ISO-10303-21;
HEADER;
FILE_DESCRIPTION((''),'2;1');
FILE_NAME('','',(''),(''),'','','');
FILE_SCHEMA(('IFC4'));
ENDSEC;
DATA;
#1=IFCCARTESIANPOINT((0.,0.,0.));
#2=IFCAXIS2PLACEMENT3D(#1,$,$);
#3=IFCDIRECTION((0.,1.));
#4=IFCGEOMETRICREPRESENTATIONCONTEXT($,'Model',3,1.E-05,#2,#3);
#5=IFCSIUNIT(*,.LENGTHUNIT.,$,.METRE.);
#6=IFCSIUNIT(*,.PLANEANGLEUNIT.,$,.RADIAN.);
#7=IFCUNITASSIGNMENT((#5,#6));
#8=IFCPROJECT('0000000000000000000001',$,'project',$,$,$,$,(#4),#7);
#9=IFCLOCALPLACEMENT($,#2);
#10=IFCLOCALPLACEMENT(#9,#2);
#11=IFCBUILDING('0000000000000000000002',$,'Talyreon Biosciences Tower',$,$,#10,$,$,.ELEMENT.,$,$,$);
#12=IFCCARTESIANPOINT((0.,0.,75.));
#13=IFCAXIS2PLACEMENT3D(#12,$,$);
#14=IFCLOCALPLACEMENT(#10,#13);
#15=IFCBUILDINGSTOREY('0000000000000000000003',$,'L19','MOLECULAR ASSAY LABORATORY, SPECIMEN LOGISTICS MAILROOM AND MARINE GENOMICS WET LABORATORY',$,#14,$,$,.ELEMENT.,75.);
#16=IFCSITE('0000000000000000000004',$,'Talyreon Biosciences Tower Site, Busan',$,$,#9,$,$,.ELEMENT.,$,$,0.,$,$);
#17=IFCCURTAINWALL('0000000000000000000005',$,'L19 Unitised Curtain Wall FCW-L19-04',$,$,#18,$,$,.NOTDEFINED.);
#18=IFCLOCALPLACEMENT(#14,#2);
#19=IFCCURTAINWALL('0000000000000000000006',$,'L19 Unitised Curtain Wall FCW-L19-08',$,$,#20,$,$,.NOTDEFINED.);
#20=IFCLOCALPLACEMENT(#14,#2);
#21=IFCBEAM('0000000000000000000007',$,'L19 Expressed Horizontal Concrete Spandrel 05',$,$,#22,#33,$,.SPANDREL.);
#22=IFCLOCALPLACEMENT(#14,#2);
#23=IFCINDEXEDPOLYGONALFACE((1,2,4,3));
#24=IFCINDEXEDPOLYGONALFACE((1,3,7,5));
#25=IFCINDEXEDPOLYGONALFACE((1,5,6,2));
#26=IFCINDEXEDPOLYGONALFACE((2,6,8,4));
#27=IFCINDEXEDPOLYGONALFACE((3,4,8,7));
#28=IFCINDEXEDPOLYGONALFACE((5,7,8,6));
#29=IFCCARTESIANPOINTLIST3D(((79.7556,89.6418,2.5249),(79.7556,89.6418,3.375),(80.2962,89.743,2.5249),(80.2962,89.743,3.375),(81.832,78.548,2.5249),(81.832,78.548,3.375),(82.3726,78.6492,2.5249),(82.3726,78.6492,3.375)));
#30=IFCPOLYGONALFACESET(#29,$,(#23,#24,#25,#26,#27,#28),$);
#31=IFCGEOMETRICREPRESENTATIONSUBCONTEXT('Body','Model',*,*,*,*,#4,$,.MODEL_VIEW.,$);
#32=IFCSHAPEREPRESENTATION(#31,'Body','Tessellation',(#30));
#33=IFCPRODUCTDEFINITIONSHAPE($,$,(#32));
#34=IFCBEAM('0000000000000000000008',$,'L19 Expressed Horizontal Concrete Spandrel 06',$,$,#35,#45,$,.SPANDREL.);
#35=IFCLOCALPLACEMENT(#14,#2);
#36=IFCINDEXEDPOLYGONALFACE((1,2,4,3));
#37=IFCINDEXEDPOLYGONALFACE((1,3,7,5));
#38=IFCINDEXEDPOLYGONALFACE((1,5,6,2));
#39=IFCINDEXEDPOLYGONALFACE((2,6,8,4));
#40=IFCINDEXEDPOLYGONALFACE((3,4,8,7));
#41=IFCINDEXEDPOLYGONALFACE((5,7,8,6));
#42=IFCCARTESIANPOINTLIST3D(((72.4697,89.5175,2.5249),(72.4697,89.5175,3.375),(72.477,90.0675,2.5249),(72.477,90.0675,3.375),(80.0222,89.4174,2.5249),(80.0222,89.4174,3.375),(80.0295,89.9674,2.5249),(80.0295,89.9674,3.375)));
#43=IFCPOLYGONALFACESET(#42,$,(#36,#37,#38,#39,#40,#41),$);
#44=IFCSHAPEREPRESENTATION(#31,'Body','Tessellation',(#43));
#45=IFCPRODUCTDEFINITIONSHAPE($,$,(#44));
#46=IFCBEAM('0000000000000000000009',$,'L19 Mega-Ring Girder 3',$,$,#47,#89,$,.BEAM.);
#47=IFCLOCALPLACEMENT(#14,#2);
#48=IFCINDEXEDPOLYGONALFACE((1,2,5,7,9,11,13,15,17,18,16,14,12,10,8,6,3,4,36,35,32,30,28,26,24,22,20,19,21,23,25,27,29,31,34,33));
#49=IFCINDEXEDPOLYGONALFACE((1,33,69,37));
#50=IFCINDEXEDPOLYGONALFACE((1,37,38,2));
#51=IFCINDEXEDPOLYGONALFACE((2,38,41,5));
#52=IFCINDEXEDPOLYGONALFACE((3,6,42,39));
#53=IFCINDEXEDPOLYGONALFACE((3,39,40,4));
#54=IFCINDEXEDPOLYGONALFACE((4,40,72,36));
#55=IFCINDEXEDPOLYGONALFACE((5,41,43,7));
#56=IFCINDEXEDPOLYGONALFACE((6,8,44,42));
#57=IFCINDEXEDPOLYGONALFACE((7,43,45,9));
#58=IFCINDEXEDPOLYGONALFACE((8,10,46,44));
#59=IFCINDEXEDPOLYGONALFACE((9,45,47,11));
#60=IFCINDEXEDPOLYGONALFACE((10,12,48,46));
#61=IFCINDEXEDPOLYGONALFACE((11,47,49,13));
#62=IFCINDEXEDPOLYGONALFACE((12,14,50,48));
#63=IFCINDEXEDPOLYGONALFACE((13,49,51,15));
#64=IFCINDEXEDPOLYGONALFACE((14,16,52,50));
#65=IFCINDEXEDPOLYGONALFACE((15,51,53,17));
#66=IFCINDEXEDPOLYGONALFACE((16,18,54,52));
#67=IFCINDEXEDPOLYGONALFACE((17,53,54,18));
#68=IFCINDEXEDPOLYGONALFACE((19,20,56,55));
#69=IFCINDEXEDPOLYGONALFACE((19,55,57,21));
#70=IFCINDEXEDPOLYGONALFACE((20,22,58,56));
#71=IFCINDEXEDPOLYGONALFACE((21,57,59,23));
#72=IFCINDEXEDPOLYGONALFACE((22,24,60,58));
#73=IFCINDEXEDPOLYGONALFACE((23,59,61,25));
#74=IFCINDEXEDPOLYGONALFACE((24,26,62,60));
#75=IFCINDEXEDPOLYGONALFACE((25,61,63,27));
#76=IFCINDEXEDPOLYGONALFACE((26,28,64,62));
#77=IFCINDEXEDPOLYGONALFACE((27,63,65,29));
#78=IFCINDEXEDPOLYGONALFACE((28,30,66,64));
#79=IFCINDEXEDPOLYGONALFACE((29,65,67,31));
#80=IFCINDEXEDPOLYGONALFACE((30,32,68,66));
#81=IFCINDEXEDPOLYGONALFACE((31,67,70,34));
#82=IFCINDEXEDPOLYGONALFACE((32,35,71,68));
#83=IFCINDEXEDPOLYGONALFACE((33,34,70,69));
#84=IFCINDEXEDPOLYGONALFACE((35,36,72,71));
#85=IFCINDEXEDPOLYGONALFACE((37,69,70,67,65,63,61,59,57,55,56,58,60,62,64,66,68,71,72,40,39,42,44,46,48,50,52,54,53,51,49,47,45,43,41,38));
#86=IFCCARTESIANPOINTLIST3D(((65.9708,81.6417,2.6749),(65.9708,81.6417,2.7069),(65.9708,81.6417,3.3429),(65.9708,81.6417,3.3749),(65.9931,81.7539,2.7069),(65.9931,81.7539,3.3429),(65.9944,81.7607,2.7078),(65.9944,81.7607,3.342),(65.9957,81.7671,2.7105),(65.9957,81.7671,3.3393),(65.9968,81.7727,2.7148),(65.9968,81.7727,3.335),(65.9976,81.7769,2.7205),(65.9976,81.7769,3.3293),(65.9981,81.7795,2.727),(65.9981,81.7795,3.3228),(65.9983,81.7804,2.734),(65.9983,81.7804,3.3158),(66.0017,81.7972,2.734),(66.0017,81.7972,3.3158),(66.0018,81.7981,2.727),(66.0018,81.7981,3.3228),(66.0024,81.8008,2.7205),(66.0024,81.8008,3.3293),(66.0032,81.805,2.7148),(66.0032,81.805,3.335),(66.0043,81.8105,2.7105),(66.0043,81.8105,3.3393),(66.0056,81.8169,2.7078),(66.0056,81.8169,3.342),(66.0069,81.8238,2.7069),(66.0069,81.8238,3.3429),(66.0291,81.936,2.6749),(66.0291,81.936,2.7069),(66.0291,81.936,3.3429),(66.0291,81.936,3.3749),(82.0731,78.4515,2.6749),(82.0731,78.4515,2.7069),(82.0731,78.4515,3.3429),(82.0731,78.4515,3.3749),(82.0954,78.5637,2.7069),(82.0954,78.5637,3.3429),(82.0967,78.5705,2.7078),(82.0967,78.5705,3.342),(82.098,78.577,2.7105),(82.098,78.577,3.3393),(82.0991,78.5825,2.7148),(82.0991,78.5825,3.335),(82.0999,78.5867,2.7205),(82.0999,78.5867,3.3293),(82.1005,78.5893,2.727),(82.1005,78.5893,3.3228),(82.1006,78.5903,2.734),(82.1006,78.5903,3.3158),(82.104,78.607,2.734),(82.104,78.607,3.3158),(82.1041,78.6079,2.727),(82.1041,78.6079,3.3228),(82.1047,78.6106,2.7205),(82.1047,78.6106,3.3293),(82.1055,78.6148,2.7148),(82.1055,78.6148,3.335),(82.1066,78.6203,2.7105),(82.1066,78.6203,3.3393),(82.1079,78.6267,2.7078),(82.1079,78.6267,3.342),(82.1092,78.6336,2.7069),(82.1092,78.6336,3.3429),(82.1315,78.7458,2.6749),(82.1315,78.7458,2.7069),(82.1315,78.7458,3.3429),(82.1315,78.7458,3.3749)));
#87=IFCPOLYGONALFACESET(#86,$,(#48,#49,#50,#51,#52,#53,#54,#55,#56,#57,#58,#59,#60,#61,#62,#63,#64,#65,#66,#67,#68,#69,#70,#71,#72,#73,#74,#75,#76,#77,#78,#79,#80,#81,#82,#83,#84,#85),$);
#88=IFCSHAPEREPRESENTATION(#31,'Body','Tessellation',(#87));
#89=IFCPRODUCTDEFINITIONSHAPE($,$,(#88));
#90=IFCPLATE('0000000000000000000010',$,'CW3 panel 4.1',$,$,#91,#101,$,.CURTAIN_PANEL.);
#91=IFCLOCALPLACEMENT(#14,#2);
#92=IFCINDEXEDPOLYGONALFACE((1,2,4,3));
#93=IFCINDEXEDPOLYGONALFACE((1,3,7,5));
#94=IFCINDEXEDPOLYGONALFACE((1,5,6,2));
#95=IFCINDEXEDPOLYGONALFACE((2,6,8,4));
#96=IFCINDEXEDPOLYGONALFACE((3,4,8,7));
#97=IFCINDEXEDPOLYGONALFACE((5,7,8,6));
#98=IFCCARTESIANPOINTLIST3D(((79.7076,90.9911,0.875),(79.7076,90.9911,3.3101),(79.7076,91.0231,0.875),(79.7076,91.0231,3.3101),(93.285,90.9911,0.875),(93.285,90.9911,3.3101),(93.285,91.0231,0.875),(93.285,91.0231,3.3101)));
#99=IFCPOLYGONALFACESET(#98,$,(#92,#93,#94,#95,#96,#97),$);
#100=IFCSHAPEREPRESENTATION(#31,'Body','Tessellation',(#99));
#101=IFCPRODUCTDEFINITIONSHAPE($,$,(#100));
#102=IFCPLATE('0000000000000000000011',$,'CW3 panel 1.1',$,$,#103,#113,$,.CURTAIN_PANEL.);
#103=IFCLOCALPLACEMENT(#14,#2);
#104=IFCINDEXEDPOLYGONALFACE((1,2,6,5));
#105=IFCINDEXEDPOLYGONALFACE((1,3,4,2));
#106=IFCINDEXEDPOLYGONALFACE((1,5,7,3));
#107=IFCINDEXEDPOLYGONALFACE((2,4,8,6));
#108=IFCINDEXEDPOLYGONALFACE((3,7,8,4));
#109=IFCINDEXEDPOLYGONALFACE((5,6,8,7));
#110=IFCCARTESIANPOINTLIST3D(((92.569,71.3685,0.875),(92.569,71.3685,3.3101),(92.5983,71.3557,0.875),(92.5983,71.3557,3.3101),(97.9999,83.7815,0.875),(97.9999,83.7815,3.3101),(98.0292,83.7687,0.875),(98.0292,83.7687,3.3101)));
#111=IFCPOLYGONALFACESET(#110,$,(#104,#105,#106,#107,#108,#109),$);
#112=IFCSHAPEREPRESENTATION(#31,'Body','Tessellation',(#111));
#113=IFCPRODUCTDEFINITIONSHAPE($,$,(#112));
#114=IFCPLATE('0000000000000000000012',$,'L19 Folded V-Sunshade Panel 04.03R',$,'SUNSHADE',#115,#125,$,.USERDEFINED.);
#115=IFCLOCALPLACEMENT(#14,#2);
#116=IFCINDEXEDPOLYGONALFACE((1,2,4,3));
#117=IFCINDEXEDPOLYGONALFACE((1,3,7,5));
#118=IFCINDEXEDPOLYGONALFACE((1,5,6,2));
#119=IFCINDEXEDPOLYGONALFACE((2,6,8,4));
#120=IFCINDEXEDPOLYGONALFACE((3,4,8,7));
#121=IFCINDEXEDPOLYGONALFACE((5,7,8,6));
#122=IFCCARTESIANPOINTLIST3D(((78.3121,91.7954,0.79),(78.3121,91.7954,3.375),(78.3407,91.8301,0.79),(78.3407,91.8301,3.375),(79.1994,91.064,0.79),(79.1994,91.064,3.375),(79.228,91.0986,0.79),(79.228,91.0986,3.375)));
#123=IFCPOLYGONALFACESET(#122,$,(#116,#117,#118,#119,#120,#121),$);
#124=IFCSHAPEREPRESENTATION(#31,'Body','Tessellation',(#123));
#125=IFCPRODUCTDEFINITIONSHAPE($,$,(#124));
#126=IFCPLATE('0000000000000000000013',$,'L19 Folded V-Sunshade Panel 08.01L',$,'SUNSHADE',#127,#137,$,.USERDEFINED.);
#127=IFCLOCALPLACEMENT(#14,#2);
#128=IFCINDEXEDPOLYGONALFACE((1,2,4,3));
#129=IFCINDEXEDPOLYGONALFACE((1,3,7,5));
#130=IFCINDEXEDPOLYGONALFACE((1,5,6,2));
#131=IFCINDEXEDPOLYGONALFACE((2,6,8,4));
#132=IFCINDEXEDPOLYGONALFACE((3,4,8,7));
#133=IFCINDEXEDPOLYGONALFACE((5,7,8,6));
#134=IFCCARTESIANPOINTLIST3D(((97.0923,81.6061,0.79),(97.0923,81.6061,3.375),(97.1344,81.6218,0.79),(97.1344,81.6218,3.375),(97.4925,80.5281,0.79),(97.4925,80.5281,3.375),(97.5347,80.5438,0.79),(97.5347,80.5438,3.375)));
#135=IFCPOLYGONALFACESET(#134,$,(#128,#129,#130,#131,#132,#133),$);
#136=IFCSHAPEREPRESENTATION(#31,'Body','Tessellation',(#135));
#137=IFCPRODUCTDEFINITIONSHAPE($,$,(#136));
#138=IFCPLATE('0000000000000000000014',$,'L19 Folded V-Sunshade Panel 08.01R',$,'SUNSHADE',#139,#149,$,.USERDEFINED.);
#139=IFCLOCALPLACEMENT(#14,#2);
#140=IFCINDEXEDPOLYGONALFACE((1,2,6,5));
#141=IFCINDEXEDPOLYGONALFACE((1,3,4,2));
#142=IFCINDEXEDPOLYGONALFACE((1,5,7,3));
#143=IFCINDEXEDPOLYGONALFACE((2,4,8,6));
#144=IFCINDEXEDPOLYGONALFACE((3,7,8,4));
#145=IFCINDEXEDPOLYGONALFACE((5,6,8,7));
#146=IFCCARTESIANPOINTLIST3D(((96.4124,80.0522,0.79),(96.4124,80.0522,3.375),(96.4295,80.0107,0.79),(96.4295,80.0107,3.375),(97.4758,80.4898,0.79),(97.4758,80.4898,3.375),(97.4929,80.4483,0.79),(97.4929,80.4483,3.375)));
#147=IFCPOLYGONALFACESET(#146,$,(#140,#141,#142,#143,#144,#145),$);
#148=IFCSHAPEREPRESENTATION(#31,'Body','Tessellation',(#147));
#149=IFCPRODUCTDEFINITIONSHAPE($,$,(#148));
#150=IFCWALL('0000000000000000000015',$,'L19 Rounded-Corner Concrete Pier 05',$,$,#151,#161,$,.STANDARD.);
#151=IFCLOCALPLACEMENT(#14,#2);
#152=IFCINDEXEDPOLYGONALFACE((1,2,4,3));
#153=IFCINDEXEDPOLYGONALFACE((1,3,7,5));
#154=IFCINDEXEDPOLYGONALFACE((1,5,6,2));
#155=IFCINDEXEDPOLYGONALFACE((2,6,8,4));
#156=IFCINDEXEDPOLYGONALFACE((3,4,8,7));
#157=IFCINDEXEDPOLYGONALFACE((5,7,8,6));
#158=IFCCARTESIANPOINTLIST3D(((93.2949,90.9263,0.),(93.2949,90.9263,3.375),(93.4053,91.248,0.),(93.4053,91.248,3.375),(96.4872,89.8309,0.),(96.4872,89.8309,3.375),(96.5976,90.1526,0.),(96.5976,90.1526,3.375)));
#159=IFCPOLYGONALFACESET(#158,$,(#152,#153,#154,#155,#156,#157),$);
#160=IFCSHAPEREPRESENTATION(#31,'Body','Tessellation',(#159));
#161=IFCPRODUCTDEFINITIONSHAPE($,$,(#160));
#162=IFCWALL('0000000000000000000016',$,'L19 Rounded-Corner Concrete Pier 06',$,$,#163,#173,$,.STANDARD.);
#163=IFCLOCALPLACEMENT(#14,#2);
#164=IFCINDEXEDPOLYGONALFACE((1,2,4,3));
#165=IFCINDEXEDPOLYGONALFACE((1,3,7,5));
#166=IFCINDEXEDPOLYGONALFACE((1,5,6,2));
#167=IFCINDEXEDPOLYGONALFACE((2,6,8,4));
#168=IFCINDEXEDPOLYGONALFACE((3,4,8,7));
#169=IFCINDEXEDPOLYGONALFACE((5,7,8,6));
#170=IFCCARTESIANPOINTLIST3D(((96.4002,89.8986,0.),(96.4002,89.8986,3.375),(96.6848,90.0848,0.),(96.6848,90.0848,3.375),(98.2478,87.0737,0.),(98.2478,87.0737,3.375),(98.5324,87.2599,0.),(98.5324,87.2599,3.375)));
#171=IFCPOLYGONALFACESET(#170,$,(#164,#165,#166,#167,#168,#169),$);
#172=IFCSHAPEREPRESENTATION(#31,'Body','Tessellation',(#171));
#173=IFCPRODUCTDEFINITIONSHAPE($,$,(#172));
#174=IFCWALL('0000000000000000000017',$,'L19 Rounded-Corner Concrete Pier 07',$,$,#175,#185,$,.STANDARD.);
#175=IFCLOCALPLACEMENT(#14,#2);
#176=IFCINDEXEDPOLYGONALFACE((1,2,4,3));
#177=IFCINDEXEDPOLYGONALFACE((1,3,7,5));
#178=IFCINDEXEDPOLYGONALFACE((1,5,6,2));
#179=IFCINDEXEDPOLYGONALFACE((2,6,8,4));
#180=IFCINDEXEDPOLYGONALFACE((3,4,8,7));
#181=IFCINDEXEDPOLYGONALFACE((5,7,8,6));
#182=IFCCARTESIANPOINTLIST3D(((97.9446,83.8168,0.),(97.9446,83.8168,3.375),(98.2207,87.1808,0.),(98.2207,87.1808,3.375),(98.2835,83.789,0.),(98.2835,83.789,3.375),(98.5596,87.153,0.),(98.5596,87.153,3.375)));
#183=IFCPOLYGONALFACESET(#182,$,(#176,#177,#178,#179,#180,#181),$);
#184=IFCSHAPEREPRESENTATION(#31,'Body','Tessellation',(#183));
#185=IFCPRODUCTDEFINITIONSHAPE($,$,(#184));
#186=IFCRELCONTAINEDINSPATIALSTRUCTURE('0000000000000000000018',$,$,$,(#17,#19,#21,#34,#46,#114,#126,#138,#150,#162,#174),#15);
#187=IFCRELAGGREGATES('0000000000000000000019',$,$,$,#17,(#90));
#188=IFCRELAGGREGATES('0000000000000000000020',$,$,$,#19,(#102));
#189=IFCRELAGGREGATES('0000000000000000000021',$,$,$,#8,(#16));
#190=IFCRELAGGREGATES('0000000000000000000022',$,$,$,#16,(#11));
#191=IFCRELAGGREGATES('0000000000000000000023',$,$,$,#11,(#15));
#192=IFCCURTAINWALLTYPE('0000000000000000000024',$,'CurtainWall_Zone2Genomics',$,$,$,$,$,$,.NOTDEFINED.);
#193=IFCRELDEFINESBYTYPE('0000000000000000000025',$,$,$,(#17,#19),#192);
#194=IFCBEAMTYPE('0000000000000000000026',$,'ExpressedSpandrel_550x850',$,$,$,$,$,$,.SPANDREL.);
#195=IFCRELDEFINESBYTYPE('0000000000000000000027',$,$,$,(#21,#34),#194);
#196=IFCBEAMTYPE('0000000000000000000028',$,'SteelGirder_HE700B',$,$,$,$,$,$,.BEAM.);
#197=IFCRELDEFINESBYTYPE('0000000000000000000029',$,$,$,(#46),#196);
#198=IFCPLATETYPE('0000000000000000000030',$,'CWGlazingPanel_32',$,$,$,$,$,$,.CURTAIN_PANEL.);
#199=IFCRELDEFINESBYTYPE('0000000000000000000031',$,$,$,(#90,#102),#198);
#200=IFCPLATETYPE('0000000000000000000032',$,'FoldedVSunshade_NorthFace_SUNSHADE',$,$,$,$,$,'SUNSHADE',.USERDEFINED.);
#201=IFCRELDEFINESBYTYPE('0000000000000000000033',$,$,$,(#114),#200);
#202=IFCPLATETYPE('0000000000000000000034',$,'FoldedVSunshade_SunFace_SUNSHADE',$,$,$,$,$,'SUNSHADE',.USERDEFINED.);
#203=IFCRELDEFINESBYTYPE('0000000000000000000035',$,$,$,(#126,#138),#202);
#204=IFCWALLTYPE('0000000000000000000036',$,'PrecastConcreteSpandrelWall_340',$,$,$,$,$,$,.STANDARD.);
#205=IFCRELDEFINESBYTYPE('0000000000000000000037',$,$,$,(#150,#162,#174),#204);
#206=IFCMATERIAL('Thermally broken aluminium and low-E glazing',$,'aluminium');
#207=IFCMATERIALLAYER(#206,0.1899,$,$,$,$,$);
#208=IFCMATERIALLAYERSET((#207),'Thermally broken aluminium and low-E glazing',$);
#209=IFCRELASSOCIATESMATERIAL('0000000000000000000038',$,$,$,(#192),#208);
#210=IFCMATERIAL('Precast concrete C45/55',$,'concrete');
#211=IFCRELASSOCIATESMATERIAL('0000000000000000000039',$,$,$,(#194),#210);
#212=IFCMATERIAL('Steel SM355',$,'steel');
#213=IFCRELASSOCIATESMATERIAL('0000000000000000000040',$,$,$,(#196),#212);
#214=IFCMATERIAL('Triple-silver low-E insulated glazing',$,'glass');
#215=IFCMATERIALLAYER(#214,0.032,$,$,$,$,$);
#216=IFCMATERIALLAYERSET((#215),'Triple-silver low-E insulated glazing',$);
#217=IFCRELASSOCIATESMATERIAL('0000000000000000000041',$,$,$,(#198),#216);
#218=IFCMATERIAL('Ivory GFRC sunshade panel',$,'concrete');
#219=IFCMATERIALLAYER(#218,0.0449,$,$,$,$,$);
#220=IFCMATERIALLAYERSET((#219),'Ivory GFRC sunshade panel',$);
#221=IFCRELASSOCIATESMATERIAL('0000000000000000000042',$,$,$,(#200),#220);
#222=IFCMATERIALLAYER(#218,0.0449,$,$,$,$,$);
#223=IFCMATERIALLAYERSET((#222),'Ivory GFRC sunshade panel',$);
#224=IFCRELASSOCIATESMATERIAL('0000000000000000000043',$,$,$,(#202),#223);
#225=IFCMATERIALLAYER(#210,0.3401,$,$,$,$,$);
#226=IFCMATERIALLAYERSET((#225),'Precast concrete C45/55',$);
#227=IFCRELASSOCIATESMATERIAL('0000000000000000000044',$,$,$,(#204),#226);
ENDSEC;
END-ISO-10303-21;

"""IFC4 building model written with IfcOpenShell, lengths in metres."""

from ifc_helpers import new_model, si_unit, direction, frame, frame_2d, origin, origin_2d, place, context, subcontext, project, spatial, rectangle, i_section, extrude, material, layer, layer_set, material_profile, profile_set, type_object, element, aggregate, save


model = new_model("IFC4")

# Units and contexts
model_context = context("Model", 3, precision=1e-05, world=origin(), true_north=direction((0.0, 1.0)))
body_context = subcontext(model_context, "Body", "Model", "MODEL_VIEW")
ifc_project = project(units=[si_unit("LENGTHUNIT", "METRE"), si_unit("PLANEANGLEUNIT", "RADIAN")], contexts=[model_context])

# Site, building, storey
site_placement = place(None, origin())
site = spatial("IfcSite", under=ifc_project, at=site_placement, Name="Talyreon Biosciences Tower Site, Busan", CompositionType="ELEMENT", RefElevation=0.0)
building_placement = place(site_placement, origin())
building = spatial("IfcBuilding", under=site, at=building_placement, Name="Talyreon Biosciences Tower", CompositionType="ELEMENT")
storey_placement = place(building_placement, frame((0.0, 0.0, 75.0)))
storey = spatial("IfcBuildingStorey", under=building, at=storey_placement, Name="L19", Description="MOLECULAR ASSAY LABORATORY, SPECIMEN LOGISTICS MAILROOM AND MARINE GENOMICS WET LABORATORY", CompositionType="ELEMENT", Elevation=75.0)

# Curtain walls
ifc_material_1 = material(Name="Thermally broken aluminium and low-E glazing", Category="aluminium")
ifc_layer_1 = layer(ifc_material_1, 0.1899)
ifc_layer_set_1 = layer_set([ifc_layer_1], Name="Thermally broken aluminium and low-E glazing")
curtain_wall_type = type_object("IfcCurtainWallType", Name="CurtainWall_Zone2Genomics", PredefinedType="NOTDEFINED", material=ifc_layer_set_1)
curtain_wall_1_placement = place(storey_placement, origin())
curtain_wall_1 = element("IfcCurtainWall", 1, at=curtain_wall_1_placement, inside=storey, type_object=curtain_wall_type, Name="L19 Unitised Curtain Wall FCW-L19-04", PredefinedType="NOTDEFINED")
curtain_wall_2_placement = place(storey_placement, origin())
curtain_wall_2 = element("IfcCurtainWall", 2, at=curtain_wall_2_placement, inside=storey, type_object=curtain_wall_type, Name="L19 Unitised Curtain Wall FCW-L19-08", PredefinedType="NOTDEFINED")

# Beams
ifc_material_2 = material(Name="Precast concrete C45/55", Category="concrete")
ifc_material_profile_1 = material_profile(ifc_material_2, rectangle(XDim=0.55, YDim=0.8501, at=origin_2d()), Name="RCB 550x850")
ifc_profile_set_1 = profile_set([ifc_material_profile_1], Name="Precast concrete C45/55")
beam_type_1 = type_object("IfcBeamType", Name="ExpressedSpandrel_550x850", PredefinedType="SPANDREL", material=ifc_profile_set_1)
beam_1_placement = place(storey_placement, frame((82.1023, 78.5986, 2.95), z_axis=(-0.183975, 0.982931, 0.0), x_axis=(-0.982931, -0.183975, 0.0)))
element("IfcBeam", 3, at=beam_1_placement, inside=storey, type_object=beam_type_1, Name="L19 Expressed Horizontal Concrete Spandrel 05", PredefinedType="SPANDREL", context=body_context, shape_type="SweptSolid", body=[
    extrude(rectangle(XDim=0.55, YDim=0.8501, at=origin_2d()), origin(), (0.0, 0.0, 1.0), 11.2864),
])
beam_2_placement = place(storey_placement, frame((80.0259, 89.6924, 2.95), z_axis=(-0.999912, 0.013252, 0.0), x_axis=(-0.013252, -0.999912, 0.0)))
element("IfcBeam", 4, at=beam_2_placement, inside=storey, type_object=beam_type_1, Name="L19 Expressed Horizontal Concrete Spandrel 06", PredefinedType="SPANDREL", context=body_context, shape_type="SweptSolid", body=[
    extrude(rectangle(XDim=0.55, YDim=0.8501, at=origin_2d()), origin(), (0.0, 0.0, 1.0), 7.5532),
])
ifc_material_3 = material(Name="Steel SM355", Category="steel")
ifc_material_profile_2 = material_profile(ifc_material_3, i_section(OverallWidth=0.3, OverallDepth=0.7, WebThickness=0.0171, FlangeThickness=0.032, FilletRadius=0.0271, at=origin_2d()), Name="HE700B")
ifc_profile_set_2 = profile_set([ifc_material_profile_2], Name="Steel SM355")
beam_type_2 = type_object("IfcBeamType", Name="SteelGirder_HE700B", PredefinedType="BEAM", material=ifc_profile_set_2)
beam_3_placement = place(storey_placement, frame((82.1023, 78.5986, 3.0249), z_axis=(-0.980934, 0.194343, 0.0), x_axis=(-0.194343, -0.980934, 0.0)))
element("IfcBeam", 5, at=beam_3_placement, inside=storey, type_object=beam_type_2, Name="L19 Mega-Ring Girder 3", PredefinedType="BEAM", context=body_context, shape_type="SweptSolid", body=[
    extrude(i_section(OverallWidth=0.3, OverallDepth=0.7, WebThickness=0.0171, FlangeThickness=0.032, FilletRadius=0.0271, at=origin_2d()), origin(), (0.0, 0.0, 1.0), 16.4153),
])

# Plates
ifc_material_4 = material(Name="Triple-silver low-E insulated glazing", Category="glass")
ifc_layer_2 = layer(ifc_material_4, 0.032)
ifc_layer_set_2 = layer_set([ifc_layer_2], Name="Triple-silver low-E insulated glazing")
plate_type_1 = type_object("IfcPlateType", Name="CWGlazingPanel_32", PredefinedType="CURTAIN_PANEL", material=ifc_layer_set_2)
plate_1_placement = place(storey_placement, frame((86.4963, 91.0071, 0.875), z_axis=(0.0, 0.0, 1.0), x_axis=(1.0, 0.0, 0.0)))
plate_1 = element("IfcPlate", 6, at=plate_1_placement, type_object=plate_type_1, Name="CW3 panel 4.1", PredefinedType="CURTAIN_PANEL", context=body_context, shape_type="SweptSolid", body=[
    extrude(rectangle(XDim=13.5774, YDim=0.032, at=origin_2d()), origin(), (0.0, 0.0, 1.0), 2.4351),
])
aggregate(curtain_wall_1, [plate_1])
plate_2_placement = place(storey_placement, frame((95.2991, 77.5686, 0.875), z_axis=(0.0, 0.0, 1.0), x_axis=(-0.400831, -0.916152, 0.0)))
plate_2 = element("IfcPlate", 7, at=plate_2_placement, type_object=plate_type_1, Name="CW3 panel 1.1", PredefinedType="CURTAIN_PANEL", context=body_context, shape_type="SweptSolid", body=[
    extrude(rectangle(XDim=13.5491, YDim=0.032, at=origin_2d()), origin(), (0.0, 0.0, 1.0), 2.4351),
])
aggregate(curtain_wall_2, [plate_2])

# Plates
ifc_material_5 = material(Name="Ivory GFRC sunshade panel", Category="concrete")
ifc_layer_3 = layer(ifc_material_5, 0.0449)
ifc_layer_set_3 = layer_set([ifc_layer_3], Name="Ivory GFRC sunshade panel")
plate_type_2 = type_object("IfcPlateType", Name="FoldedVSunshade_NorthFace_SUNSHADE", ElementType="SUNSHADE", PredefinedType="USERDEFINED", material=ifc_layer_set_3)
plate_3_placement = place(storey_placement, frame((78.77, 91.447, 0.79), z_axis=(0.0, 0.0, 1.0), x_axis=(0.771625, -0.636078, 0.0)))
element("IfcPlate", 8, at=plate_3_placement, inside=storey, type_object=plate_type_2, Name="L19 Folded V-Sunshade Panel 04.03R", ObjectType="SUNSHADE", PredefinedType="USERDEFINED", context=body_context, shape_type="SweptSolid", body=[
    extrude(rectangle(XDim=1.1499, YDim=0.0449, at=origin_2d()), origin(), (0.0, 0.0, 1.0), 2.585),
])
ifc_layer_4 = layer(ifc_material_5, 0.0449)
ifc_layer_set_4 = layer_set([ifc_layer_4], Name="Ivory GFRC sunshade panel")
plate_type_3 = type_object("IfcPlateType", Name="FoldedVSunshade_SunFace_SUNSHADE", ElementType="SUNSHADE", PredefinedType="USERDEFINED", material=ifc_layer_set_4)
for number, where, z_axis, x_axis, name in (
    (9, (97.3135, 81.075, 0.79), (0.0, 0.0, 1.0), (0.348081, -0.937464, 0.0), "L19 Folded V-Sunshade Panel 08.01L"),
    (10, (96.9526, 80.2502, 0.79), (0.0, 0.0, 1.0), (-0.924745, -0.380586, 0.0), "L19 Folded V-Sunshade Panel 08.01R"),
):
    element("IfcPlate", number, at=place(storey_placement, frame(where, z_axis=z_axis, x_axis=x_axis)), inside=storey, type_object=plate_type_3, Name=name, ObjectType="SUNSHADE", PredefinedType="USERDEFINED", context=body_context, shape_type="SweptSolid", body=[
        extrude(rectangle(XDim=1.1499, YDim=0.0449, at=origin_2d()), origin(), (0.0, 0.0, 1.0), 2.585),
    ])

# Walls
ifc_layer_5 = layer(ifc_material_2, 0.3401)
ifc_layer_set_5 = layer_set([ifc_layer_5], Name="Precast concrete C45/55")
wall_type = type_object("IfcWallType", Name="PrecastConcreteSpandrelWall_340", PredefinedType="STANDARD", material=ifc_layer_set_5)
wall_1_placement = place(storey_placement, frame((93.3501, 91.0872, 0.0), z_axis=(0.0, 0.0, 1.0), x_axis=(0.945862, -0.32457, 0.0)))
element("IfcWall", 11, at=wall_1_placement, inside=storey, type_object=wall_type, Name="L19 Rounded-Corner Concrete Pier 05", PredefinedType="STANDARD", context=body_context, shape_type="SweptSolid", body=[
    extrude(rectangle(XDim=3.375, YDim=0.3401, at=frame_2d((1.6875, 0.0))), origin(), (0.0, 0.0, 1.0), 3.375),
])
wall_2_placement = place(storey_placement, frame((96.5425, 89.9917, 0.0), z_axis=(0.0, 0.0, 1.0), x_axis=(0.547368, -0.836892, 0.0)))
element("IfcWall", 12, at=wall_2_placement, inside=storey, type_object=wall_type, Name="L19 Rounded-Corner Concrete Pier 06", PredefinedType="STANDARD", context=body_context, shape_type="SweptSolid", body=[
    extrude(rectangle(XDim=3.3755, YDim=0.3401, at=frame_2d((1.6877, 0.0))), origin(), (0.0, 0.0, 1.0), 3.375),
])
wall_3_placement = place(storey_placement, frame((98.3901, 87.1667, 0.0), z_axis=(0.0, 0.0, 1.0), x_axis=(-0.081806, -0.996648, 0.0)))
element("IfcWall", 13, at=wall_3_placement, inside=storey, type_object=wall_type, Name="L19 Rounded-Corner Concrete Pier 07", PredefinedType="STANDARD", context=body_context, shape_type="SweptSolid", body=[
    extrude(rectangle(XDim=3.3752, YDim=0.3401, at=frame_2d((1.6875, 0.0))), origin(), (0.0, 0.0, 1.0), 3.375),
])

save(model, "model.ifc")
